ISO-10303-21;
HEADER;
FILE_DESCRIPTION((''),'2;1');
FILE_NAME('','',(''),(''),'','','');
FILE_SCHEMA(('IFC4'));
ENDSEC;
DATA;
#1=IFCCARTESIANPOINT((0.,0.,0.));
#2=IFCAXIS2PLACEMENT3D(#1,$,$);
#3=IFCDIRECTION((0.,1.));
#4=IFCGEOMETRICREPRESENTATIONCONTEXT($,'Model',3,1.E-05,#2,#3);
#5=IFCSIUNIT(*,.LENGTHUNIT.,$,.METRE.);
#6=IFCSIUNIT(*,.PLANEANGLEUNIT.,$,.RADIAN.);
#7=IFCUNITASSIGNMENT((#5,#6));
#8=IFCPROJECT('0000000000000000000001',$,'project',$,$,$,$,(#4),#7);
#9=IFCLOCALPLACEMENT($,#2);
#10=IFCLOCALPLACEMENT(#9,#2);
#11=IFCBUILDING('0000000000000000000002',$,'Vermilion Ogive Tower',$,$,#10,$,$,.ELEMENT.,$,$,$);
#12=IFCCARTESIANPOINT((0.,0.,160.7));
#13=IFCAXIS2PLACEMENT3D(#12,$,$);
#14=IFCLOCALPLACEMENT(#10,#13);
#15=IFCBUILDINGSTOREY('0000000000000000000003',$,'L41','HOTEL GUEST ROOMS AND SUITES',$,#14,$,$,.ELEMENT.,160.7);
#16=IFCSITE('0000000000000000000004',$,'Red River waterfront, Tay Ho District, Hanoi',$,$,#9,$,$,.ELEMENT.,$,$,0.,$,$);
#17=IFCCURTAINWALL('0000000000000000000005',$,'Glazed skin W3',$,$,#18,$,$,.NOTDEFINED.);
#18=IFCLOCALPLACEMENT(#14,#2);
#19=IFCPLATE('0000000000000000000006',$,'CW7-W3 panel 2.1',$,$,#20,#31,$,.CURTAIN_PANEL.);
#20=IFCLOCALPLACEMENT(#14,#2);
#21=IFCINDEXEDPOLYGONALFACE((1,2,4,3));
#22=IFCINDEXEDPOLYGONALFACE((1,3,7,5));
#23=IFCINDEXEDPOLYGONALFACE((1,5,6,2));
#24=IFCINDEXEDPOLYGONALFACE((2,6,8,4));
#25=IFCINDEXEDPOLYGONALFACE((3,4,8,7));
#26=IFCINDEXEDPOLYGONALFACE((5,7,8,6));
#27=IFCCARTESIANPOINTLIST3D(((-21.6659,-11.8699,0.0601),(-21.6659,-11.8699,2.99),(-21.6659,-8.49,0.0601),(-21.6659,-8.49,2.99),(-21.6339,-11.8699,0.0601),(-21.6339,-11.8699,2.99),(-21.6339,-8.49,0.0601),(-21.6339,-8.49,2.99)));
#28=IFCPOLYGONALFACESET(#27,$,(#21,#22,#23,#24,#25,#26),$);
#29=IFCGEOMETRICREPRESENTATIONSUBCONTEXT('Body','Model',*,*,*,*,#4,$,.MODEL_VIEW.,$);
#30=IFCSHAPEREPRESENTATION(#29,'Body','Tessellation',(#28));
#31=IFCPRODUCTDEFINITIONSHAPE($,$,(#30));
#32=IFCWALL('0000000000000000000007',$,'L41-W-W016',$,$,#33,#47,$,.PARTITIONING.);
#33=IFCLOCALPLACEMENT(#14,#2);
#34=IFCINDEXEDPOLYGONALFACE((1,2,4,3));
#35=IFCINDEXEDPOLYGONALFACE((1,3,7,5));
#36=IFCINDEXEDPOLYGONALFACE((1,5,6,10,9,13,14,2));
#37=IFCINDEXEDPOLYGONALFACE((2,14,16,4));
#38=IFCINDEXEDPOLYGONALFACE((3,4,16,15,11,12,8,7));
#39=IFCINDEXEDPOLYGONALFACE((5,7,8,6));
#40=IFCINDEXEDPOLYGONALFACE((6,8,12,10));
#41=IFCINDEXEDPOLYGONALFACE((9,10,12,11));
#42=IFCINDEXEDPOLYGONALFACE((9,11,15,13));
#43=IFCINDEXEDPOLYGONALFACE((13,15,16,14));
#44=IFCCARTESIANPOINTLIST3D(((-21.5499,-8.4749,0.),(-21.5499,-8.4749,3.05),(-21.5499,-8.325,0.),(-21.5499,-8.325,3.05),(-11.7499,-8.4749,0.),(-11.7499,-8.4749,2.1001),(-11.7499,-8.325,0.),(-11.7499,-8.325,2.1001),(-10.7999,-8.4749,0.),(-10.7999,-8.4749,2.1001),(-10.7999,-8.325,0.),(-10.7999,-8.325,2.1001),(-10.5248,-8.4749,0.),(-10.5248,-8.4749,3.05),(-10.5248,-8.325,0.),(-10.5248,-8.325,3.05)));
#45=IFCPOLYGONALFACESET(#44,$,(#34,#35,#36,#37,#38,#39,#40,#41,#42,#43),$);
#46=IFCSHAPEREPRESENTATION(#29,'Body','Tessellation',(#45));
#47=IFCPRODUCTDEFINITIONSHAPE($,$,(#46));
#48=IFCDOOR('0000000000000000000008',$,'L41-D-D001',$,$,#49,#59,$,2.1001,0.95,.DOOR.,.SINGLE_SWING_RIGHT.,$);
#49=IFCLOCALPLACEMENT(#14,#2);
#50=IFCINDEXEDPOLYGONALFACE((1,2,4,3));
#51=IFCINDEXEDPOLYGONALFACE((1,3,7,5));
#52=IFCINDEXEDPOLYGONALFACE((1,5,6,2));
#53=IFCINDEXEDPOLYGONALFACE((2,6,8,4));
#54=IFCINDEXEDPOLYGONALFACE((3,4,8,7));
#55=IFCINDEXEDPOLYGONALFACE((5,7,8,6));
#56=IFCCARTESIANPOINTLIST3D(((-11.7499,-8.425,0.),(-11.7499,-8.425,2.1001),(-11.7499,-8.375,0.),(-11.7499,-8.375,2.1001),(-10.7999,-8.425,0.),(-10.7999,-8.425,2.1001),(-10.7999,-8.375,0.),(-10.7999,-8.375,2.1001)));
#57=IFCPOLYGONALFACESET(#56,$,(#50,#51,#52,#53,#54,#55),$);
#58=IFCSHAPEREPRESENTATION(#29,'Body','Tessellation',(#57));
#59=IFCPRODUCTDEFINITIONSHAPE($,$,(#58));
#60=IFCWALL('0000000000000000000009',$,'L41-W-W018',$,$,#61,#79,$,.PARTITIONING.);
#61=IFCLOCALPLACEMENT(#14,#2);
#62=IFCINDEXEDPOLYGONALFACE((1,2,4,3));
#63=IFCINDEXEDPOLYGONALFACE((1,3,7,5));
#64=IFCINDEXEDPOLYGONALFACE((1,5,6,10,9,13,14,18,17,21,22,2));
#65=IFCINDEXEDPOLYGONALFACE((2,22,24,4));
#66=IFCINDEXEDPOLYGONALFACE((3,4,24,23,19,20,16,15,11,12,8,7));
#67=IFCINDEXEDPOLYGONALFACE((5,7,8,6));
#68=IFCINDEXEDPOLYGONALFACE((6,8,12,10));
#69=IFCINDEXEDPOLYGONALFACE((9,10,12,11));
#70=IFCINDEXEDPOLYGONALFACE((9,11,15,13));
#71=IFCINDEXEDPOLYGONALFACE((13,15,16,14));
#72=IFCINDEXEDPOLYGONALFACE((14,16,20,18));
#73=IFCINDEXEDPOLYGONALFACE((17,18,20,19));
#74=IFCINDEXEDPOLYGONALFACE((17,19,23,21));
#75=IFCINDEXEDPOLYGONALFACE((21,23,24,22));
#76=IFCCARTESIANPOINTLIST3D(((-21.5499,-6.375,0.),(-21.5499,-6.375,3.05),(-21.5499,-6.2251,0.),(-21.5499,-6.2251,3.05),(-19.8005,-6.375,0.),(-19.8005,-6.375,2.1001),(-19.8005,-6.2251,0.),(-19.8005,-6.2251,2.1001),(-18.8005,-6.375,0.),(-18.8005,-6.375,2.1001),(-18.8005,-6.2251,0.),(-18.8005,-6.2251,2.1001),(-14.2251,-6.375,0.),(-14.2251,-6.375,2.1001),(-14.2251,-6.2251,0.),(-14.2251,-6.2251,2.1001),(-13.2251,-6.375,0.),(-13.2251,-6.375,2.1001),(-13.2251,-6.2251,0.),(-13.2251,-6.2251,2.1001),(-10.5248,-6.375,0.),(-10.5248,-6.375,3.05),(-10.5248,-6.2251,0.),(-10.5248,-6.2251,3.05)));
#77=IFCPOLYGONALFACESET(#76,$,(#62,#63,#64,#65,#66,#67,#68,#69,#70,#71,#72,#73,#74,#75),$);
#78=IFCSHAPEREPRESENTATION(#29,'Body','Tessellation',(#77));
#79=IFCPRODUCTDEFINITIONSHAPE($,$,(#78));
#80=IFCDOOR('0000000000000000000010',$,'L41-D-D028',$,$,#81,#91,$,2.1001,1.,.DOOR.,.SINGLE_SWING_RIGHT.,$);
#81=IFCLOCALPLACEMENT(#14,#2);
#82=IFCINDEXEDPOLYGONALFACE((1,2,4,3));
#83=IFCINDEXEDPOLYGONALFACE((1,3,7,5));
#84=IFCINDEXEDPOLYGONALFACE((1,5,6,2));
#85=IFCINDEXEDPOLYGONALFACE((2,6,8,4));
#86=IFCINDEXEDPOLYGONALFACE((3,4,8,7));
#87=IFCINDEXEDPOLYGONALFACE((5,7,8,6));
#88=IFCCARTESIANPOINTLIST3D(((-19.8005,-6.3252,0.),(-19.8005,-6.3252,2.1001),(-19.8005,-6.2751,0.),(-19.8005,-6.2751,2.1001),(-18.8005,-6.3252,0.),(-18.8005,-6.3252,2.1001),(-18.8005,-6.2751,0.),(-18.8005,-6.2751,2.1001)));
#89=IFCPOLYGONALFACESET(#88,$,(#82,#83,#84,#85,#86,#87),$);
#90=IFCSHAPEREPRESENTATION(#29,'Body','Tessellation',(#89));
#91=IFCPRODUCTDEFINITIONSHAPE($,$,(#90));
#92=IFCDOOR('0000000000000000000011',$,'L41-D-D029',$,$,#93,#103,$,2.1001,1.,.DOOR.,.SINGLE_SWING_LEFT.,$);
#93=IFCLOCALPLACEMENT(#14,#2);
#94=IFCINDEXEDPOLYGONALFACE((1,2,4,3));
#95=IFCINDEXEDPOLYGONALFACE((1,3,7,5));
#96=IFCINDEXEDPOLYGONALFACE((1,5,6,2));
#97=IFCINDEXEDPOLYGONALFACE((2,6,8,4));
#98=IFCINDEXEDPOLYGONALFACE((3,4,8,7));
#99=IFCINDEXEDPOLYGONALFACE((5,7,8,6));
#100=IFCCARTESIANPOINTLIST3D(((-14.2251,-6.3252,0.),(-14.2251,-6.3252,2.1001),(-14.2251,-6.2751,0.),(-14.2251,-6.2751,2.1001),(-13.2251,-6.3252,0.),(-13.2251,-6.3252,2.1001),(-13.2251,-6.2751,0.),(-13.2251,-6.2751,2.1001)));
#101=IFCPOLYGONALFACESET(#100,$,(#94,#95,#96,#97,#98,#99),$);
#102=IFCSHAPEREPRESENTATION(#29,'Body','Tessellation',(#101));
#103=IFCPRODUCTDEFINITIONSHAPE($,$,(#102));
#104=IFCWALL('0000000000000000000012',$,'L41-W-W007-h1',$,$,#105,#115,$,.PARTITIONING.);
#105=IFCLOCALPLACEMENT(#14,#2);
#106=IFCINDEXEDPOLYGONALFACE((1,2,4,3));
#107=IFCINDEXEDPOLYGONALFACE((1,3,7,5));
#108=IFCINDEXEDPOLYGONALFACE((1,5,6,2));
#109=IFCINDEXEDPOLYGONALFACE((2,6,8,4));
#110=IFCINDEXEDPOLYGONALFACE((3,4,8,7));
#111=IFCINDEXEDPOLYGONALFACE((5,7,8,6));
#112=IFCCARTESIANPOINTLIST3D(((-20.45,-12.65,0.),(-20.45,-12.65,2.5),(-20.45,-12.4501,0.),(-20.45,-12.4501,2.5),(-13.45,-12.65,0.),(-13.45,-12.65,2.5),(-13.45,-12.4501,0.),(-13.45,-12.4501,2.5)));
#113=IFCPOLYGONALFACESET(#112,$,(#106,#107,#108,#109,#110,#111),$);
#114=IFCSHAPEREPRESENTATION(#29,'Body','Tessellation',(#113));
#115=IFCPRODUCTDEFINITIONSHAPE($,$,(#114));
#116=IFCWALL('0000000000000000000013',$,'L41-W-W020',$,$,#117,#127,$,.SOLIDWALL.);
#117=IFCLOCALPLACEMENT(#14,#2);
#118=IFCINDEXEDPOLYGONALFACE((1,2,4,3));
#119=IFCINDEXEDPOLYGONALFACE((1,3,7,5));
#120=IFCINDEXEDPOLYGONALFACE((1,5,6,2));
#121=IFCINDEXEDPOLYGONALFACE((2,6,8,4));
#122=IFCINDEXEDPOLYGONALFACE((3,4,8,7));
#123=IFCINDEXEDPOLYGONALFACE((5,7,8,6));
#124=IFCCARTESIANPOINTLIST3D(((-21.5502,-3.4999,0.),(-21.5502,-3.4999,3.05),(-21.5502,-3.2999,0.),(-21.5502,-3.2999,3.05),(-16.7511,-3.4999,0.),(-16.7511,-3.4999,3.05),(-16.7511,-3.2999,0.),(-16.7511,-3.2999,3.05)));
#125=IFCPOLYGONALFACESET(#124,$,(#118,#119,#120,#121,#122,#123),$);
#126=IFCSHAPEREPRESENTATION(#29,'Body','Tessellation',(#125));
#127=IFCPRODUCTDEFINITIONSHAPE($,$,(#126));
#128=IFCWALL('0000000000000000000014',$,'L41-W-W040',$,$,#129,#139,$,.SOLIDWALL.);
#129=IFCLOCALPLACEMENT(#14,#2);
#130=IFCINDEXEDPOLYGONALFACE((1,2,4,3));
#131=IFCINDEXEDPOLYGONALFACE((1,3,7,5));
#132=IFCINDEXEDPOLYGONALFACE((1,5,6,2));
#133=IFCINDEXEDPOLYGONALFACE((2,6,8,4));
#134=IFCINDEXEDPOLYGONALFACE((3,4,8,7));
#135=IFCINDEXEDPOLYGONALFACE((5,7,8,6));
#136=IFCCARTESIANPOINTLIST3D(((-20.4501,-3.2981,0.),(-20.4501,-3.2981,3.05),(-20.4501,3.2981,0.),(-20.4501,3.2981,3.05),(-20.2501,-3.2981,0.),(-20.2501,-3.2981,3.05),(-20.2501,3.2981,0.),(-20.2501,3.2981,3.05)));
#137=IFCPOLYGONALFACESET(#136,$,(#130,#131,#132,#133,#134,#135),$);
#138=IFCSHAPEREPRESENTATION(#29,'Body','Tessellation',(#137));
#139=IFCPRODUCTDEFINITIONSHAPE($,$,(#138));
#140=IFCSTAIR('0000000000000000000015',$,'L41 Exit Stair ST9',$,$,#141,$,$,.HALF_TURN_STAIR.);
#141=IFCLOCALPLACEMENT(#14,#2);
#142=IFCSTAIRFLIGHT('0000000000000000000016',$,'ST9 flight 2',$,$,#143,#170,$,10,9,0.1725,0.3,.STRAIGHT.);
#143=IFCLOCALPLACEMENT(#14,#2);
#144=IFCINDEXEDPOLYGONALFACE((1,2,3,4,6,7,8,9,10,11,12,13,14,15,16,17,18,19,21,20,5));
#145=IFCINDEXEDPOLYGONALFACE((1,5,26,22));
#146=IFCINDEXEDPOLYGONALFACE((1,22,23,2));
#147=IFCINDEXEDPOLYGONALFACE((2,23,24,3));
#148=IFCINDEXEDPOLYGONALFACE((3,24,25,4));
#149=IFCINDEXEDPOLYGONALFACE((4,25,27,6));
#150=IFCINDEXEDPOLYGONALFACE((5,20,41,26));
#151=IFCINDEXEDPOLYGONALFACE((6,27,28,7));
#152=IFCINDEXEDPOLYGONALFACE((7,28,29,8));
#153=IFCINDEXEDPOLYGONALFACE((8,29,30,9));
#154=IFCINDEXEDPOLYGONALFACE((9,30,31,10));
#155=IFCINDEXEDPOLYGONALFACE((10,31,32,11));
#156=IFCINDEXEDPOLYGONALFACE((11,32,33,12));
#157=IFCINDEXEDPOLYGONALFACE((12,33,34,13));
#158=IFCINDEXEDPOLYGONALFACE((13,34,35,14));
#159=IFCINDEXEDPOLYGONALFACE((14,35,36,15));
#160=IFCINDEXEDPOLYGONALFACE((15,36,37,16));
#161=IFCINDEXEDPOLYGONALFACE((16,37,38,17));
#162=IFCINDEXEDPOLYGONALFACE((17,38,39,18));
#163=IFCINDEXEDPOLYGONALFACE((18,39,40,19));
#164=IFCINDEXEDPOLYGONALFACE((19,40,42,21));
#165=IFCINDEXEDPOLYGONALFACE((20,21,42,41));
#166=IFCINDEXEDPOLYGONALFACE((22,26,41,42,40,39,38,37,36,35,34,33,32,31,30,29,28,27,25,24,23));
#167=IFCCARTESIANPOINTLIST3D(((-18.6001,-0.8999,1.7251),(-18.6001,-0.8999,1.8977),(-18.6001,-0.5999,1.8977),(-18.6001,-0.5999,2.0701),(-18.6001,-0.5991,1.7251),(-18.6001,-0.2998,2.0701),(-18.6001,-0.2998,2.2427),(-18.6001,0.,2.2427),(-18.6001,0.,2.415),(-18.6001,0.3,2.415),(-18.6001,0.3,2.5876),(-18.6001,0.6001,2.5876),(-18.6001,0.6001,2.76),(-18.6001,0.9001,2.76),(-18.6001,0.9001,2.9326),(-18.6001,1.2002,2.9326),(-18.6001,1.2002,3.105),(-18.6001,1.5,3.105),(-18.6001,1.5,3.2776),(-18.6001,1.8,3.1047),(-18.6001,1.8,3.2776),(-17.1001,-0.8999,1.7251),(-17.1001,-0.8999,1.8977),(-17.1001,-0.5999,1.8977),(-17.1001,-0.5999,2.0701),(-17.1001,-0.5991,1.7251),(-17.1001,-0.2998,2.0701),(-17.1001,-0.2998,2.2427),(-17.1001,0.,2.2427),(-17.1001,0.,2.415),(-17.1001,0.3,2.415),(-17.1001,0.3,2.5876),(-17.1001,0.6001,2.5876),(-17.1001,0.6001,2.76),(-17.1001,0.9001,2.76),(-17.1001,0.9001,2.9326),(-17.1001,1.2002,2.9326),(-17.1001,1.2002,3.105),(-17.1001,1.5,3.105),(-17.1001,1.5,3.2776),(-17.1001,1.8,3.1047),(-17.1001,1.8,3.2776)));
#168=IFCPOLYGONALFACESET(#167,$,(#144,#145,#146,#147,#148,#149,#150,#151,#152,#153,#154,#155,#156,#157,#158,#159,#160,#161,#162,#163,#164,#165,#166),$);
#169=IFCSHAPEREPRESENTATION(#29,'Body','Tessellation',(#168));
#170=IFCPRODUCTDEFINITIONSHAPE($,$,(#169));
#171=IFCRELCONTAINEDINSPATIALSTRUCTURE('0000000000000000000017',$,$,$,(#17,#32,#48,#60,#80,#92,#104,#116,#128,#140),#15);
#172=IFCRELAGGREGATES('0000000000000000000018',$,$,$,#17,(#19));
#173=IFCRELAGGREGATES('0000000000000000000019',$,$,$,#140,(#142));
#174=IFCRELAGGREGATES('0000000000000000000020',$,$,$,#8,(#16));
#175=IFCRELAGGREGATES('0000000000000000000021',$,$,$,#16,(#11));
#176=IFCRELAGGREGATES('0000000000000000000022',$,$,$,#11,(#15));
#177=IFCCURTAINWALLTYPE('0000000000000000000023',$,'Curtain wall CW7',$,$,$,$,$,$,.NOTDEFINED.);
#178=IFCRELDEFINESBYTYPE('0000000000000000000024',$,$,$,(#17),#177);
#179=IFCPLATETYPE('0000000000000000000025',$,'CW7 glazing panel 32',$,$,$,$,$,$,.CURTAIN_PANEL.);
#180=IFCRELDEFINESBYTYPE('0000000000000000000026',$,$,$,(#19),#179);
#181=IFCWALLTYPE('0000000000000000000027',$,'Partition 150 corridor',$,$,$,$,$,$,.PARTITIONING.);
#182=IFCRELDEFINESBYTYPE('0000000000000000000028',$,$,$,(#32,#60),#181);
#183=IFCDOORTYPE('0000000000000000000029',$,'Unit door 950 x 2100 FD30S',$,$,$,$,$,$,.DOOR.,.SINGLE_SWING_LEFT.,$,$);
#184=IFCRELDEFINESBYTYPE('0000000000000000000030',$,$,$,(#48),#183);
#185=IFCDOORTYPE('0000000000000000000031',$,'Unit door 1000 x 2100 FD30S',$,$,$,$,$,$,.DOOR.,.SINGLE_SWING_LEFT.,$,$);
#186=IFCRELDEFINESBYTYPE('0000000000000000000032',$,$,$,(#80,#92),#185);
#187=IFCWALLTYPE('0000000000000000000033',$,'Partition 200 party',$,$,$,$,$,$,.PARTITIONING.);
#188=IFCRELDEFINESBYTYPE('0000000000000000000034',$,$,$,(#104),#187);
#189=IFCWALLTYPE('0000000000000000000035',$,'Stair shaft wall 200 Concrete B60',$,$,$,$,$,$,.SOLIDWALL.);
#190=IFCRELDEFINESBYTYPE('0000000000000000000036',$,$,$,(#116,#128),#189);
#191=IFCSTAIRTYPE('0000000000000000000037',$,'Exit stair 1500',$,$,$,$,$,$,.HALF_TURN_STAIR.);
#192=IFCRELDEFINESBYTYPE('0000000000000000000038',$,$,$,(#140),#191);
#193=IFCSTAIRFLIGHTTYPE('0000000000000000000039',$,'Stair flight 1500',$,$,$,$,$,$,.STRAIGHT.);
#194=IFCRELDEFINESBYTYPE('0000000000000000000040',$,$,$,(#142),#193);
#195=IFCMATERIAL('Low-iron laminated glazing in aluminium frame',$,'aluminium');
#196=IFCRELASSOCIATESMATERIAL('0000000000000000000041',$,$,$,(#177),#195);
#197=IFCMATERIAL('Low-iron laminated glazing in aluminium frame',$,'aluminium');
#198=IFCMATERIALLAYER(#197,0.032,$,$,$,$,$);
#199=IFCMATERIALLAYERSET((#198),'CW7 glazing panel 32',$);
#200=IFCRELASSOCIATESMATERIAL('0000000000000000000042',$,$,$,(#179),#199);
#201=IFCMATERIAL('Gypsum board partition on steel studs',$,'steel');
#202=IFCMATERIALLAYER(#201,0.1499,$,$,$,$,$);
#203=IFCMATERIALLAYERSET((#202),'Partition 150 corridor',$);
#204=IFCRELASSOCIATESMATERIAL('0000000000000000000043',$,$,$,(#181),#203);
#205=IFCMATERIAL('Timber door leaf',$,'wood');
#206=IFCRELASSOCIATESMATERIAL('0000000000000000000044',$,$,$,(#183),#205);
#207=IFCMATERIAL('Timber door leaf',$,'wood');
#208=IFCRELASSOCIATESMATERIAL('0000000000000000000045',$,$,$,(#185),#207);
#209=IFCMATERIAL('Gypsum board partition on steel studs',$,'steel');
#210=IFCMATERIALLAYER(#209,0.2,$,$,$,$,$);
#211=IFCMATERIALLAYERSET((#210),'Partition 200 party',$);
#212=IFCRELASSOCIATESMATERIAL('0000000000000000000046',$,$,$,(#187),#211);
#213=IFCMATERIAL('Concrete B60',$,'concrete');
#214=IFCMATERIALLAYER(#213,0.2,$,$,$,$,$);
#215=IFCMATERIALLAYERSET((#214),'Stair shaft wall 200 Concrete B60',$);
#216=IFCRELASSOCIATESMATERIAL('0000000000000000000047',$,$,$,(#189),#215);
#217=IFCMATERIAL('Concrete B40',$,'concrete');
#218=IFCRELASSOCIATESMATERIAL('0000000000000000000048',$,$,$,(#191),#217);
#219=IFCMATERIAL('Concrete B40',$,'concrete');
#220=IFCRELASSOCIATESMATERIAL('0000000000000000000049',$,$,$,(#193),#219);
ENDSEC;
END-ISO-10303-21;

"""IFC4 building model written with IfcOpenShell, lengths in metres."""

from ifc_helpers import new_model, si_unit, direction, frame, frame_2d, origin, origin_2d, place, context, subcontext, project, spatial, polyline, rectangle, outline, extrude, material, layer, layer_set, type_object, element, fill, aggregate, save


model = new_model("IFC4")

# Units and contexts
model_context = context("Model", 3, precision=1e-05, world=origin(), true_north=direction((0.0, 1.0)))
body_context = subcontext(model_context, "Body", "Model", "MODEL_VIEW")
ifc_project = project(units=[si_unit("LENGTHUNIT", "METRE"), si_unit("PLANEANGLEUNIT", "RADIAN")], contexts=[model_context])

# Site, building, storey
site_placement = place(None, origin())
site = spatial("IfcSite", under=ifc_project, at=site_placement, Name="Red River waterfront, Tay Ho District, Hanoi", CompositionType="ELEMENT", RefElevation=0.0)
building_placement = place(site_placement, origin())
building = spatial("IfcBuilding", under=site, at=building_placement, Name="Vermilion Ogive Tower", CompositionType="ELEMENT")
storey_placement = place(building_placement, frame((0.0, 0.0, 160.7)))
storey = spatial("IfcBuildingStorey", under=building, at=storey_placement, Name="L41", Description="HOTEL GUEST ROOMS AND SUITES", CompositionType="ELEMENT", Elevation=160.7)

# Shared definitions
ifc_material_1 = material(Name="Low-iron laminated glazing in aluminium frame", Category="aluminium")
curtain_wall_type = type_object("IfcCurtainWallType", Name="Curtain wall CW7", PredefinedType="NOTDEFINED", material=ifc_material_1)

# Curtain wall
curtain_wall_1_placement = place(storey_placement, origin())
curtain_wall_1 = element("IfcCurtainWall", 1, at=curtain_wall_1_placement, inside=storey, type_object=curtain_wall_type, Name="Glazed skin W3", PredefinedType="NOTDEFINED")

# Plate
ifc_material_2 = material(Name="Low-iron laminated glazing in aluminium frame", Category="aluminium")
ifc_layer_1 = layer(ifc_material_2, 0.032)
ifc_layer_set_1 = layer_set([ifc_layer_1], Name="CW7 glazing panel 32")
plate_type = type_object("IfcPlateType", Name="CW7 glazing panel 32", PredefinedType="CURTAIN_PANEL", material=ifc_layer_set_1)
plate_1_placement = place(storey_placement, frame((-21.6499, -10.1799, 0.0601), z_axis=(0.0, 0.0, 1.0), x_axis=(0.0, -1.0, 0.0)))
plate_1 = element("IfcPlate", 2, at=plate_1_placement, type_object=plate_type, Name="CW7-W3 panel 2.1", PredefinedType="CURTAIN_PANEL", context=body_context, shape_type="SweptSolid", body=[
    extrude(rectangle(XDim=3.3799, YDim=0.032, at=origin_2d()), origin(), (0.0, 0.0, 1.0), 2.9299),
])
aggregate(curtain_wall_1, [plate_1])

# Wall, opening, door
ifc_material_3 = material(Name="Gypsum board partition on steel studs", Category="steel")
ifc_layer_2 = layer(ifc_material_3, 0.1499)
ifc_layer_set_2 = layer_set([ifc_layer_2], Name="Partition 150 corridor")
wall_type_1 = type_object("IfcWallType", Name="Partition 150 corridor", PredefinedType="PARTITIONING", material=ifc_layer_set_2)
wall_1_placement = place(storey_placement, frame((-21.55, -8.3999, 0.0), z_axis=(0.0, 0.0, 1.0), x_axis=(1.0, 0.0, 0.0)))
wall_1 = element("IfcWall", 3, at=wall_1_placement, inside=storey, type_object=wall_type_1, Name="L41-W-W016", PredefinedType="PARTITIONING", context=body_context, shape_type="SweptSolid", body=[
    extrude(rectangle(XDim=11.0251, YDim=0.1499, at=frame_2d((5.5127, 0.0))), origin(), (0.0, 0.0, 1.0), 3.05),
])
opening_1_placement = place(wall_1_placement, frame((9.8, 0.0, 0.0)))
opening_1 = element("IfcOpeningElement", 4, at=opening_1_placement, cuts=wall_1, PredefinedType="OPENING", context=body_context, shape_type="SweptSolid", body=[
    extrude(rectangle(XDim=0.95, YDim=2.1001, at=frame_2d((0.4751, 1.05))), frame((0.0, 0.085, 0.0), z_axis=(0.0, -1.0, 0.0), x_axis=(1.0, 0.0, 0.0)), (0.0, 0.0, 1.0), 0.1699),
])
ifc_material_4 = material(Name="Timber door leaf", Category="wood")
door_type_1 = type_object("IfcDoorType", Name="Unit door 950 x 2100 FD30S", OperationType="SINGLE_SWING_LEFT", PredefinedType="DOOR", material=ifc_material_4)
door_1_placement = place(opening_1_placement, origin())
door_1 = element("IfcDoor", 5, at=door_1_placement, inside=storey, type_object=door_type_1, Name="L41-D-D001", OperationType="SINGLE_SWING_RIGHT", OverallHeight=2.1001, OverallWidth=0.95, PredefinedType="DOOR", context=body_context, shape_type="SweptSolid", body=[
    extrude(rectangle(XDim=0.95, YDim=2.1001, at=frame_2d((0.4751, 1.05))), frame((0.0, 0.0249, 0.0), z_axis=(0.0, -1.0, 0.0), x_axis=(1.0, 0.0, 0.0)), (0.0, 0.0, 1.0), 0.05),
])
fill(opening_1, door_1)

# Wall, openings, doors
wall_2_placement = place(storey_placement, frame((-21.55, -6.3, 0.0), z_axis=(0.0, 0.0, 1.0), x_axis=(1.0, 0.0, 0.0)))
wall_2 = element("IfcWall", 6, at=wall_2_placement, inside=storey, type_object=wall_type_1, Name="L41-W-W018", PredefinedType="PARTITIONING", context=body_context, shape_type="SweptSolid", body=[
    extrude(rectangle(XDim=11.0251, YDim=0.1499, at=frame_2d((5.5127, 0.0))), origin(), (0.0, 0.0, 1.0), 3.05),
])
opening_2_placement = place(wall_2_placement, frame((1.7495, 0.0, 0.0)))
opening_2 = element("IfcOpeningElement", 7, at=opening_2_placement, cuts=wall_2, PredefinedType="OPENING", context=body_context, shape_type="SweptSolid", body=[
    extrude(rectangle(XDim=1.0, YDim=2.1001, at=frame_2d((0.5, 1.05))), frame((0.0, 0.085, 0.0), z_axis=(0.0, -1.0, 0.0), x_axis=(1.0, 0.0, 0.0)), (0.0, 0.0, 1.0), 0.1699),
])
opening_3_placement = place(wall_2_placement, frame((7.325, 0.0, 0.0)))
opening_3 = element("IfcOpeningElement", 8, at=opening_3_placement, cuts=wall_2, PredefinedType="OPENING", context=body_context, shape_type="SweptSolid", body=[
    extrude(rectangle(XDim=1.0, YDim=2.1001, at=frame_2d((0.5, 1.05))), frame((0.0, 0.085, 0.0), z_axis=(0.0, -1.0, 0.0), x_axis=(1.0, 0.0, 0.0)), (0.0, 0.0, 1.0), 0.1699),
])
ifc_material_5 = material(Name="Timber door leaf", Category="wood")
door_type_2 = type_object("IfcDoorType", Name="Unit door 1000 x 2100 FD30S", OperationType="SINGLE_SWING_LEFT", PredefinedType="DOOR", material=ifc_material_5)
door_2_placement = place(opening_2_placement, origin())
door_2 = element("IfcDoor", 9, at=door_2_placement, inside=storey, type_object=door_type_2, Name="L41-D-D028", OperationType="SINGLE_SWING_RIGHT", OverallHeight=2.1001, OverallWidth=1.0, PredefinedType="DOOR", context=body_context, shape_type="SweptSolid", body=[
    extrude(rectangle(XDim=1.0, YDim=2.1001, at=frame_2d((0.5, 1.05))), frame((0.0, 0.0249, 0.0), z_axis=(0.0, -1.0, 0.0), x_axis=(1.0, 0.0, 0.0)), (0.0, 0.0, 1.0), 0.05),
])
fill(opening_2, door_2)
door_3_placement = place(opening_3_placement, origin())
door_3 = element("IfcDoor", 10, at=door_3_placement, inside=storey, type_object=door_type_2, Name="L41-D-D029", OperationType="SINGLE_SWING_LEFT", OverallHeight=2.1001, OverallWidth=1.0, PredefinedType="DOOR", context=body_context, shape_type="SweptSolid", body=[
    extrude(rectangle(XDim=1.0, YDim=2.1001, at=frame_2d((0.5, 1.05))), frame((0.0, 0.0249, 0.0), z_axis=(0.0, -1.0, 0.0), x_axis=(1.0, 0.0, 0.0)), (0.0, 0.0, 1.0), 0.05),
])
fill(opening_3, door_3)

# Walls
ifc_material_6 = material(Name="Gypsum board partition on steel studs", Category="steel")
ifc_layer_3 = layer(ifc_material_6, 0.2)
ifc_layer_set_3 = layer_set([ifc_layer_3], Name="Partition 200 party")
wall_type_2 = type_object("IfcWallType", Name="Partition 200 party", PredefinedType="PARTITIONING", material=ifc_layer_set_3)
wall_3_placement = place(storey_placement, frame((-20.45, -12.55, 0.0), z_axis=(0.0, 0.0, 1.0), x_axis=(1.0, 0.0, 0.0)))
element("IfcWall", 11, at=wall_3_placement, inside=storey, type_object=wall_type_2, Name="L41-W-W007-h1", PredefinedType="PARTITIONING", context=body_context, shape_type="SweptSolid", body=[
    extrude(rectangle(XDim=7.0, YDim=0.2, at=frame_2d((3.5, 0.0))), origin(), (0.0, 0.0, 1.0), 2.5),
])
ifc_material_7 = material(Name="Concrete B60", Category="concrete")
ifc_layer_4 = layer(ifc_material_7, 0.2)
ifc_layer_set_4 = layer_set([ifc_layer_4], Name="Stair shaft wall 200 Concrete B60")
wall_type_3 = type_object("IfcWallType", Name="Stair shaft wall 200 Concrete B60", PredefinedType="SOLIDWALL", material=ifc_layer_set_4)
wall_4_placement = place(storey_placement, frame((-21.55, -3.3999, 0.0), z_axis=(0.0, 0.0, 1.0), x_axis=(1.0, 0.0, 0.0)))
element("IfcWall", 12, at=wall_4_placement, inside=storey, type_object=wall_type_3, Name="L41-W-W020", PredefinedType="SOLIDWALL", context=body_context, shape_type="SweptSolid", body=[
    extrude(rectangle(XDim=4.7991, YDim=0.2, at=frame_2d((2.3994, 0.0))), origin(), (0.0, 0.0, 1.0), 3.05),
])
wall_5_placement = place(storey_placement, frame((-20.3501, -3.2981, 0.0), z_axis=(0.0, 0.0, 1.0), x_axis=(0.0, 1.0, 0.0)))
element("IfcWall", 13, at=wall_5_placement, inside=storey, type_object=wall_type_3, Name="L41-W-W040", PredefinedType="SOLIDWALL", context=body_context, shape_type="SweptSolid", body=[
    extrude(rectangle(XDim=6.5962, YDim=0.2, at=frame_2d((3.2981, 0.0))), origin(), (0.0, 0.0, 1.0), 3.05),
])

# Stair, stair flight
ifc_material_8 = material(Name="Concrete B40", Category="concrete")
stair_type = type_object("IfcStairType", Name="Exit stair 1500", PredefinedType="HALF_TURN_STAIR", material=ifc_material_8)
stair_placement = place(storey_placement, origin())
stair = element("IfcStair", 14, at=stair_placement, inside=storey, type_object=stair_type, Name="L41 Exit Stair ST9", PredefinedType="HALF_TURN_STAIR")
ifc_material_9 = material(Name="Concrete B40", Category="concrete")
stair_flight_type = type_object("IfcStairFlightType", Name="Stair flight 1500", PredefinedType="STRAIGHT", material=ifc_material_9)
stair_flight_placement = place(storey_placement, frame((-17.8501, -0.8999, 1.7251), z_axis=(0.0, 0.0, 1.0), x_axis=(0.0, 1.0, 0.0)))
stair_flight = element("IfcStairFlight", 15, at=stair_flight_placement, type_object=stair_flight_type, Name="ST9 flight 2", NumberOfRisers=10, NumberOfTreads=9, PredefinedType="STRAIGHT", RiserHeight=0.1725, TreadLength=0.3, context=body_context, shape_type="SweptSolid", body=[
    extrude(outline(polyline([(0.0, 0.0), (0.0, 0.1726), (0.3, 0.1726), (0.3, 0.345), (0.6001, 0.345), (0.6001, 0.5176), (0.8999, 0.5176), (0.8999, 0.6899), (1.2, 0.6899), (1.2, 0.8625), (1.5, 0.8625), (1.5, 1.0349), (1.8, 1.0349), (1.8, 1.2075), (2.1001, 1.2075), (2.1001, 1.3799), (2.3999, 1.3799), (2.3999, 1.5525), (2.7, 1.5525), (2.7, 1.7251), (2.7, 1.3796), (0.3008, 0.0), (0.0, 0.0)])), frame((0.0, 0.75, 0.0), z_axis=(0.0, -1.0, 0.0), x_axis=(1.0, 0.0, 0.0)), (0.0, 0.0, 1.0), 1.5),
])
aggregate(stair, [stair_flight])

save(model, "model.ifc")
